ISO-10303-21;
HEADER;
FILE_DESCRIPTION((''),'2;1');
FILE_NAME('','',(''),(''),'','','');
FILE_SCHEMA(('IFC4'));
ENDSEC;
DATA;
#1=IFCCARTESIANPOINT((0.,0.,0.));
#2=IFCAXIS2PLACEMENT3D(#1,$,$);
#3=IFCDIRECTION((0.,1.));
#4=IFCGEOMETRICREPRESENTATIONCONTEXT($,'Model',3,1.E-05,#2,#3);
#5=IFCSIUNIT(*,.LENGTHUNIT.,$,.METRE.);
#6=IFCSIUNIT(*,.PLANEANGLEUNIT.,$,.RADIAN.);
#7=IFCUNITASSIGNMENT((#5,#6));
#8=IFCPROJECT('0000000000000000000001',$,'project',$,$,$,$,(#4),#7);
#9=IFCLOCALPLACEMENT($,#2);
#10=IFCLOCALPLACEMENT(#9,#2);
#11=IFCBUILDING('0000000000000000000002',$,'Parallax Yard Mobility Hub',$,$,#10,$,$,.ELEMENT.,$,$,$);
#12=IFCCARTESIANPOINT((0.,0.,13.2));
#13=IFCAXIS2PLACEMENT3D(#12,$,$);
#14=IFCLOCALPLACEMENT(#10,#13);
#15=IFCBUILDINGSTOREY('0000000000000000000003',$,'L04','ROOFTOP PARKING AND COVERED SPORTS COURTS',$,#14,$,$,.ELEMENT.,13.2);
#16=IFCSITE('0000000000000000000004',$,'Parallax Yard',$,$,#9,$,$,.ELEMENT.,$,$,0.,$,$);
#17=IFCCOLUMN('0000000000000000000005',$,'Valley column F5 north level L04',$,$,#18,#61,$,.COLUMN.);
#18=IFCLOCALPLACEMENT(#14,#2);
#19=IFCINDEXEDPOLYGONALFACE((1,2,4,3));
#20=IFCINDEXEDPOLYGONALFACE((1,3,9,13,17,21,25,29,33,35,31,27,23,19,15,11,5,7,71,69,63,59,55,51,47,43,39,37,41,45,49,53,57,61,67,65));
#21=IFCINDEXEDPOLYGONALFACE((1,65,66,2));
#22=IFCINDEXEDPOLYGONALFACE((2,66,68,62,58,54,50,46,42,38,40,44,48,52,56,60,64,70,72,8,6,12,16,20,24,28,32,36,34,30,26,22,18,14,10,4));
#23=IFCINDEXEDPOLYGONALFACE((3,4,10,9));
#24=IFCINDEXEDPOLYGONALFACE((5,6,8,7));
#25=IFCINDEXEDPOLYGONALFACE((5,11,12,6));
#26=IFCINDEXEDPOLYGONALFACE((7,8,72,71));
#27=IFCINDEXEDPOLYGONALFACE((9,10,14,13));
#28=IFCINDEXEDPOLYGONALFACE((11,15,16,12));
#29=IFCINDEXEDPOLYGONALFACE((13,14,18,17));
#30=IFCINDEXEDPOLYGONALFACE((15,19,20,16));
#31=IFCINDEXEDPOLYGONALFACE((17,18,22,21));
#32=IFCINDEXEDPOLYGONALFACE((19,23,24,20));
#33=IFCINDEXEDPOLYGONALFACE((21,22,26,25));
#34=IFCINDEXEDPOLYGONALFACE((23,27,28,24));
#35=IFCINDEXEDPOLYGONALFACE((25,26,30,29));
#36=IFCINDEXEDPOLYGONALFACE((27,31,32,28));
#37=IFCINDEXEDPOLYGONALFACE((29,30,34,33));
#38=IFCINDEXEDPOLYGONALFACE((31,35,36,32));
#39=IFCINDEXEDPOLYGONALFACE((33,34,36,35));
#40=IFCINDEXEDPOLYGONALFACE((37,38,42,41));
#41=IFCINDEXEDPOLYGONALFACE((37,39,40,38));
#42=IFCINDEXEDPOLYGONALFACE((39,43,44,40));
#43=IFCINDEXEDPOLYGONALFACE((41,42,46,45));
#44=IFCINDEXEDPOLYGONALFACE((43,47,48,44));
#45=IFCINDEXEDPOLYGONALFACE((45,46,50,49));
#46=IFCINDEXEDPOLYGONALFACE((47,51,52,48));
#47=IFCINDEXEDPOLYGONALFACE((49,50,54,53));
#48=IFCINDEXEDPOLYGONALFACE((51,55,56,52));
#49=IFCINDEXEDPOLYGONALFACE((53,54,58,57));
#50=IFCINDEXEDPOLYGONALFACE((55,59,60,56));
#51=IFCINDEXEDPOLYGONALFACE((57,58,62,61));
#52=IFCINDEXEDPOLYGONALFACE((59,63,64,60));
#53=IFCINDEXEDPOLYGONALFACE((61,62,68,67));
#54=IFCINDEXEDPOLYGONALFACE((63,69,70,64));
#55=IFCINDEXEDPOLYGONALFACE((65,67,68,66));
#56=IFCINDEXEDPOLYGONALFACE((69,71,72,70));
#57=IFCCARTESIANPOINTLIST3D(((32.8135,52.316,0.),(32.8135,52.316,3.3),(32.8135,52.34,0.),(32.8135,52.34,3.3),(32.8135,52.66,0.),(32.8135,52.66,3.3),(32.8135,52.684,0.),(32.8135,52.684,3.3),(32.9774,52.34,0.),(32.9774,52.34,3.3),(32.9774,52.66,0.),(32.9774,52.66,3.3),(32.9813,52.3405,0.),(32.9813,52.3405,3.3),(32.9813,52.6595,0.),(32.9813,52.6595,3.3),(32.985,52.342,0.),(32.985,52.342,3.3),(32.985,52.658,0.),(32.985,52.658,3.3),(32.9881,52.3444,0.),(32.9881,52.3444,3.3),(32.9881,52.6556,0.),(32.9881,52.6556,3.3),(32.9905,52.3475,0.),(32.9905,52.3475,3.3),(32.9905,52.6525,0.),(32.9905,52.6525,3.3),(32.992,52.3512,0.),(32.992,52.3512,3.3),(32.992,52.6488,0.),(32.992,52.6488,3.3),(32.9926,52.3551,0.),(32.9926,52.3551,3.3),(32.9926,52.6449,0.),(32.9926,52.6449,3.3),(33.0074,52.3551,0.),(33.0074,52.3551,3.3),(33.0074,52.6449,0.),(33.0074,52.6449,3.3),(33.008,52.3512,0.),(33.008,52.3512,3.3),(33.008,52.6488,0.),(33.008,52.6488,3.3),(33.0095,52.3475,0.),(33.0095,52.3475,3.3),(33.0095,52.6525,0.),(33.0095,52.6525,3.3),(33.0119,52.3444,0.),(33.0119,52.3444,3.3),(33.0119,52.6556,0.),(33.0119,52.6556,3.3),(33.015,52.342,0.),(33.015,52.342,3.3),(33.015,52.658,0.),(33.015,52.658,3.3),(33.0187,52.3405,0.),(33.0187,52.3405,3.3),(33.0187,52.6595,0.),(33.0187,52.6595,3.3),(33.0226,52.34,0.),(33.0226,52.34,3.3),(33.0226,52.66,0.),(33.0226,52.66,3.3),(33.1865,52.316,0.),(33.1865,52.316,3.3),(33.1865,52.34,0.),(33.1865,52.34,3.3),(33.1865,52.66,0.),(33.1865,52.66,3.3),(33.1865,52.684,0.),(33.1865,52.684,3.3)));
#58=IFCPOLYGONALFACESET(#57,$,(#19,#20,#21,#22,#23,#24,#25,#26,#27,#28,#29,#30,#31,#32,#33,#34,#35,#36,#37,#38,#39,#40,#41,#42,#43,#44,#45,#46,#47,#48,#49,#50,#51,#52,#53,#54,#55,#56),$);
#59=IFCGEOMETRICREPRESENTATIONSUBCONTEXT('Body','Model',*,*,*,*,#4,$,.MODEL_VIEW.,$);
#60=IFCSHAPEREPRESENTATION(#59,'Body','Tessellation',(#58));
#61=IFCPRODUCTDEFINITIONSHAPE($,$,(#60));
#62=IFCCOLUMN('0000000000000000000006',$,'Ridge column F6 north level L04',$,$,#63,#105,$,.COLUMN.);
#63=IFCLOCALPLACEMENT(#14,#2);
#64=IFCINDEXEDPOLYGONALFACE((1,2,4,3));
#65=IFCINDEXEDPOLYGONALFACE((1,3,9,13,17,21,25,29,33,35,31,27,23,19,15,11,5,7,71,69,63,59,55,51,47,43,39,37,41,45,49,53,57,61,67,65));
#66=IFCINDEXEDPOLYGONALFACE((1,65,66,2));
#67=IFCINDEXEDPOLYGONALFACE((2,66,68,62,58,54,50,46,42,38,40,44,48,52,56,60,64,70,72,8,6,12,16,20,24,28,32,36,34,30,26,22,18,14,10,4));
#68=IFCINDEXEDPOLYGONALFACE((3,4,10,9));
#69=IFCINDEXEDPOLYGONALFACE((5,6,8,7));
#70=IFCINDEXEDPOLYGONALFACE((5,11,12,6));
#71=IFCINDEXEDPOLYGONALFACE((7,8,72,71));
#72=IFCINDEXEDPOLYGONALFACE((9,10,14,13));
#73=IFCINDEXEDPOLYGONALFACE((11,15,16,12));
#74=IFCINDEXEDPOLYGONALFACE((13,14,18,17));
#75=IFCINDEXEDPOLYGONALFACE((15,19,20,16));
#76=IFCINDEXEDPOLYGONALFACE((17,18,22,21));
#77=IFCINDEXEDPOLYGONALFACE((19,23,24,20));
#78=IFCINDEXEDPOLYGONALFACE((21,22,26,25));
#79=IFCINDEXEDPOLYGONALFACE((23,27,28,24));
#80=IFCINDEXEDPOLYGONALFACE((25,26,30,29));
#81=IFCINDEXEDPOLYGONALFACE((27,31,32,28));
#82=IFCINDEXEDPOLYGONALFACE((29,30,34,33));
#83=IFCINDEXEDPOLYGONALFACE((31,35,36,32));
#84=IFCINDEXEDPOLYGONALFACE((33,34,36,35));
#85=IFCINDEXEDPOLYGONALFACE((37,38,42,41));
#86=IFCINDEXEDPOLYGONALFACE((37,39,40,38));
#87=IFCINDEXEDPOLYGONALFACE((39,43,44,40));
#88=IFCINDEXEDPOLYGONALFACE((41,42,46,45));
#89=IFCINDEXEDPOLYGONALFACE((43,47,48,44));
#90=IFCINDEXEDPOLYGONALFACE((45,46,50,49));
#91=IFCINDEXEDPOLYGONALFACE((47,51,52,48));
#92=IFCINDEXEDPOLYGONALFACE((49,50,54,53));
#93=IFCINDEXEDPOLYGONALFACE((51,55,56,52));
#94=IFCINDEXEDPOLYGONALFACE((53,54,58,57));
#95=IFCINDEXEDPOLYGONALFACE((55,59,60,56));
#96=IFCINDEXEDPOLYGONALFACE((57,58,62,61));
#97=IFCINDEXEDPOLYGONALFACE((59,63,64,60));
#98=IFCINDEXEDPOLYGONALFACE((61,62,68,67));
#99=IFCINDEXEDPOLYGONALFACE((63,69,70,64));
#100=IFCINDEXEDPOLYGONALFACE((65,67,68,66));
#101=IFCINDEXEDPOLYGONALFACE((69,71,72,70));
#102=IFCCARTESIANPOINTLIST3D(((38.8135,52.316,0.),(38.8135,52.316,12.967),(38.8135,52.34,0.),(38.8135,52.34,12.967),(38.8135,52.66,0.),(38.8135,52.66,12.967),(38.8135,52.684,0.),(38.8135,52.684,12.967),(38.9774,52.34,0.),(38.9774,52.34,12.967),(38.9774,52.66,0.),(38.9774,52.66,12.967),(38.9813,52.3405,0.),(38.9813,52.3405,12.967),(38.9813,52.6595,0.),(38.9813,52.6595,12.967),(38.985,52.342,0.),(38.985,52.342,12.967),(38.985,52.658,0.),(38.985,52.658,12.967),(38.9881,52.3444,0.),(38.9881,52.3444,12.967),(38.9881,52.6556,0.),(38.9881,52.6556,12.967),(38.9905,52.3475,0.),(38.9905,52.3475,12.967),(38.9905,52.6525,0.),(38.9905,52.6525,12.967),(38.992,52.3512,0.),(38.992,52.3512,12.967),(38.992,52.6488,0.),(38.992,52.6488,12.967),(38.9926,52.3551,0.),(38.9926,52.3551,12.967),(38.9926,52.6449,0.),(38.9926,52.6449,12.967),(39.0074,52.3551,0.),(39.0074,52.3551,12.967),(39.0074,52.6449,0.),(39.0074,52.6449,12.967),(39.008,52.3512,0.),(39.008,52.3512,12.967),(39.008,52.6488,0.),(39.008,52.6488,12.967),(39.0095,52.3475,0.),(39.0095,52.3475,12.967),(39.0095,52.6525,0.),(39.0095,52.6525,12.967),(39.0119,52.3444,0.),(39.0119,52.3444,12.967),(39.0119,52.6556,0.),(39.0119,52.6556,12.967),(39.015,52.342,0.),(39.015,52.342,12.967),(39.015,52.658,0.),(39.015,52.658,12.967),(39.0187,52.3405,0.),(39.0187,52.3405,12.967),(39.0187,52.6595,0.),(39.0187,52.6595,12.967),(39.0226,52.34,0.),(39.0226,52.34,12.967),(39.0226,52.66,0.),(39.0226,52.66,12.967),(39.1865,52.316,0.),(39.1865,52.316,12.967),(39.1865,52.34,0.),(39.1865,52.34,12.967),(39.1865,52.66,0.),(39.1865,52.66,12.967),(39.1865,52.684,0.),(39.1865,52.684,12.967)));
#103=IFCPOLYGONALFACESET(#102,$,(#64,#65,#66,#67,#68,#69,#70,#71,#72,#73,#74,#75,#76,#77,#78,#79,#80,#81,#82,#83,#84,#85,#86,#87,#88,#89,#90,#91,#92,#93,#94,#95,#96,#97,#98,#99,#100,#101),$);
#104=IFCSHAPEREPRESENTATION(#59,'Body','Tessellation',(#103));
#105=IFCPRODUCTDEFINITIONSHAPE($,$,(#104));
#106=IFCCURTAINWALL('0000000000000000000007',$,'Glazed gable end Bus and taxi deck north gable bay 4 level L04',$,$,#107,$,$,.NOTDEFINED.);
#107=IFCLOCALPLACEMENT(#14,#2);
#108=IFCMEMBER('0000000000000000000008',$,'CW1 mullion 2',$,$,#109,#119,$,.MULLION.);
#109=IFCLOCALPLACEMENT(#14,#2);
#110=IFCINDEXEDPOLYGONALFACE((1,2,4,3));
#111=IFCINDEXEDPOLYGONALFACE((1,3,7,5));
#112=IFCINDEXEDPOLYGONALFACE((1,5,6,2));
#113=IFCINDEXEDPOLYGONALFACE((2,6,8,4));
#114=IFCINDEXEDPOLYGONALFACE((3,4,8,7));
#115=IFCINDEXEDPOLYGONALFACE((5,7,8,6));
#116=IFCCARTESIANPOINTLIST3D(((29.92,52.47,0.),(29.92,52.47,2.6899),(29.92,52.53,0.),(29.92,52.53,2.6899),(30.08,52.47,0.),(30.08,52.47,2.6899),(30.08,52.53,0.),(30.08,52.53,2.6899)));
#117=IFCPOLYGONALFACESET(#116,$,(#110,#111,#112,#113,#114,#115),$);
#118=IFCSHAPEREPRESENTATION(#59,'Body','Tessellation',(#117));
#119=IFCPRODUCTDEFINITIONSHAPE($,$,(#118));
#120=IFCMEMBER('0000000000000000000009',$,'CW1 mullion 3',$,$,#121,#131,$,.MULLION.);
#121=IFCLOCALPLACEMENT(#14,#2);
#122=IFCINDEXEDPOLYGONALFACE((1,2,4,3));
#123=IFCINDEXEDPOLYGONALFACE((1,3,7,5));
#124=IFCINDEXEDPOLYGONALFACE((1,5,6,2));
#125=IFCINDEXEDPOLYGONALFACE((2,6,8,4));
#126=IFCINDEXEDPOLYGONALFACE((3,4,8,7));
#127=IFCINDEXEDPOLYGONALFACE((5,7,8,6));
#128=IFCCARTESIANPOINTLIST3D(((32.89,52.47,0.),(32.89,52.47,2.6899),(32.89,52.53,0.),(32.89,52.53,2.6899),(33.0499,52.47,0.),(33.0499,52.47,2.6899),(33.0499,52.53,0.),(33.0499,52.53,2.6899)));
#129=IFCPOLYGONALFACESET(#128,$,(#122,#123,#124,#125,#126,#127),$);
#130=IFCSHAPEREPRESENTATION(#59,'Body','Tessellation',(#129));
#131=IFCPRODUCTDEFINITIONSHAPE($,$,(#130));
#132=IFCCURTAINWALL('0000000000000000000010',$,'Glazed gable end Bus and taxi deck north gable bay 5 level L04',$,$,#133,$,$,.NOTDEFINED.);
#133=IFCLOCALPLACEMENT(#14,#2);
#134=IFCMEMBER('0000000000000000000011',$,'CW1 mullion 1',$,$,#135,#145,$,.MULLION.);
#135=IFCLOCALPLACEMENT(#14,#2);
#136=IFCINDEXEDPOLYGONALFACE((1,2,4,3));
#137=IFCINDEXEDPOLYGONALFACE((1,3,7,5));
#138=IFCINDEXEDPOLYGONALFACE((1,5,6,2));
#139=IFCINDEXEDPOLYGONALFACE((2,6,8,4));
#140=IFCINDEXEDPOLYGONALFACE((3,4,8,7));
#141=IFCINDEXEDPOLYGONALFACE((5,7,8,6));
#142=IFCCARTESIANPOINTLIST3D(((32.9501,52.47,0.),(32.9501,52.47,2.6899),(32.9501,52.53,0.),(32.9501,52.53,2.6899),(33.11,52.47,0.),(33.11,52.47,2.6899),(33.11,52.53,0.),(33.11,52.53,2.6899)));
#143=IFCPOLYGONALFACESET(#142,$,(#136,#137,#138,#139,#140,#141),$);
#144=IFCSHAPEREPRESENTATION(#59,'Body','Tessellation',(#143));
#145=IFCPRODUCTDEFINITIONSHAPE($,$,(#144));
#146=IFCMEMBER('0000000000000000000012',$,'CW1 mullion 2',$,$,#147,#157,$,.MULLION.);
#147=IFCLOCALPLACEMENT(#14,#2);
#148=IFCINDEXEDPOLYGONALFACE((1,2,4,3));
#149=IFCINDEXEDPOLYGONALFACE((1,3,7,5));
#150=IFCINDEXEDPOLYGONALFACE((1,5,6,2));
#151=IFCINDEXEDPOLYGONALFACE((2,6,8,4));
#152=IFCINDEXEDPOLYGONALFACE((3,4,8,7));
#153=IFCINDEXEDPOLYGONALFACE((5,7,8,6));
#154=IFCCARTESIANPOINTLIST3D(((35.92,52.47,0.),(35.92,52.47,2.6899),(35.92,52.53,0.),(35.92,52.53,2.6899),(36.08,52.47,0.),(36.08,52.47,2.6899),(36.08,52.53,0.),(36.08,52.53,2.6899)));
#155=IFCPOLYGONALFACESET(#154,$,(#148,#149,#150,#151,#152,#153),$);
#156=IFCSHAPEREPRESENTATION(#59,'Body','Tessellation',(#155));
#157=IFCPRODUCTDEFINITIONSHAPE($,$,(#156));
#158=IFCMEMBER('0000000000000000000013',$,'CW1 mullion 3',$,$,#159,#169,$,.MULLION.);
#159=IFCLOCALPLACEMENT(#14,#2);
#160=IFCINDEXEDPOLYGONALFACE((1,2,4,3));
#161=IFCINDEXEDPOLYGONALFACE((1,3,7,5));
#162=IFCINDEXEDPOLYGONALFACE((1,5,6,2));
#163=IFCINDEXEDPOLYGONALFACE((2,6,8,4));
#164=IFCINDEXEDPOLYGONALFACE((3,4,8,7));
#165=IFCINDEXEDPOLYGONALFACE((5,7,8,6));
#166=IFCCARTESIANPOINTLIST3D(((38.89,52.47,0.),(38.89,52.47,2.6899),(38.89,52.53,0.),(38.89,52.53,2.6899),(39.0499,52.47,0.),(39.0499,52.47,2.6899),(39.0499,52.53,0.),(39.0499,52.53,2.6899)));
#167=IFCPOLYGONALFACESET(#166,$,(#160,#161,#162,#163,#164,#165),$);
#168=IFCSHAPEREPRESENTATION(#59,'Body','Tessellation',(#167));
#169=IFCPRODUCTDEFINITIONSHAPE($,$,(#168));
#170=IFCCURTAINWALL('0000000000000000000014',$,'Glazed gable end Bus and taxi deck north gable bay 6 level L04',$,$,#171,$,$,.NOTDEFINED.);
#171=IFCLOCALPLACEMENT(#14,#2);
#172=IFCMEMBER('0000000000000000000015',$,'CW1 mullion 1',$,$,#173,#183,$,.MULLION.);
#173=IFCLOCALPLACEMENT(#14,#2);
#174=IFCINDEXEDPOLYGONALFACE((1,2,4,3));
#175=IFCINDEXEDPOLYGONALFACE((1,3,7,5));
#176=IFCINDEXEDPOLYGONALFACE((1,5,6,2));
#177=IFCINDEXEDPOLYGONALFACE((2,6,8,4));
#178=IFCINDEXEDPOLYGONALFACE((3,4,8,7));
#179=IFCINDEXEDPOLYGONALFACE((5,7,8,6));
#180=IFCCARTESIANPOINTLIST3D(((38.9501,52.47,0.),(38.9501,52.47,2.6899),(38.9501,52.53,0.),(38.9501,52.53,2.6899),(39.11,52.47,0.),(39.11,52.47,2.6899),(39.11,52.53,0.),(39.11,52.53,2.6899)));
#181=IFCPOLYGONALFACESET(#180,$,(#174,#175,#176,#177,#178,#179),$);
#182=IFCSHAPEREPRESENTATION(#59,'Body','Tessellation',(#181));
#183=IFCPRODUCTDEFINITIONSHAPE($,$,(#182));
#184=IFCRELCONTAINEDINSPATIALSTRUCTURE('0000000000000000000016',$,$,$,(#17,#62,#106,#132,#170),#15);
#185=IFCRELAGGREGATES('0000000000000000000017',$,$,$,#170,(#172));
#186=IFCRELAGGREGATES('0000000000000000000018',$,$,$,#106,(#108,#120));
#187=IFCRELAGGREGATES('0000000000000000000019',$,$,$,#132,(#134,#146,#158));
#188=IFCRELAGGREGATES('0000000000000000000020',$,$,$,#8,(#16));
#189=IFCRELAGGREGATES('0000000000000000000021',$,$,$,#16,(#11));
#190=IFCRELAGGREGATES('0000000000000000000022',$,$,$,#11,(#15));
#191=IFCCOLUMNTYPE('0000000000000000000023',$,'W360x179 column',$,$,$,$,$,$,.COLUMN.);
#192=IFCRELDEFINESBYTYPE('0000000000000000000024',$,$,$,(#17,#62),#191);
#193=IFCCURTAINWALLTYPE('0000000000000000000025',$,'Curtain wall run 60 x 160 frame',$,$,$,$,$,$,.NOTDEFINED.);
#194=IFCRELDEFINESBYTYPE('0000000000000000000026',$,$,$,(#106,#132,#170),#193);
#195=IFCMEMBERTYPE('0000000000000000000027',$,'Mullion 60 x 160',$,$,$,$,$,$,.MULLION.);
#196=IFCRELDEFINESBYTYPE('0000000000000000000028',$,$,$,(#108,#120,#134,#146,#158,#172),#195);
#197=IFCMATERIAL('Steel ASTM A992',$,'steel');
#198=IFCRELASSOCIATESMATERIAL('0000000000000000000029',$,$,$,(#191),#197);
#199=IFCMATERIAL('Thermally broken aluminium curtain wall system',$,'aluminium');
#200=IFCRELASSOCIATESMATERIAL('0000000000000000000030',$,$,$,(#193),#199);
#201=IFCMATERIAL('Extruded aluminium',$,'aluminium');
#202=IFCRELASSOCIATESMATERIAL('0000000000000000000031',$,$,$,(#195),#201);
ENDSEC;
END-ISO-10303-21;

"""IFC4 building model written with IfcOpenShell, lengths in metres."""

from ifc_helpers import new_model, si_unit, direction, frame, origin, origin_2d, place, context, subcontext, project, spatial, rectangle, i_section, extrude, material, material_profile, profile_set, type_object, element, aggregate, save


model = new_model("IFC4")

# Units and contexts
model_context = context("Model", 3, precision=1e-05, world=origin(), true_north=direction((0.0, 1.0)))
body_context = subcontext(model_context, "Body", "Model", "MODEL_VIEW")
ifc_project = project(units=[si_unit("LENGTHUNIT", "METRE"), si_unit("PLANEANGLEUNIT", "RADIAN")], contexts=[model_context])

# Site, building, storey
site_placement = place(None, origin())
site = spatial("IfcSite", under=ifc_project, at=site_placement, Name="Parallax Yard", CompositionType="ELEMENT", RefElevation=0.0)
building_placement = place(site_placement, origin())
building = spatial("IfcBuilding", under=site, at=building_placement, Name="Parallax Yard Mobility Hub", CompositionType="ELEMENT")
storey_placement = place(building_placement, frame((0.0, 0.0, 13.2)))
storey = spatial("IfcBuildingStorey", under=building, at=storey_placement, Name="L04", Description="ROOFTOP PARKING AND COVERED SPORTS COURTS", CompositionType="ELEMENT", Elevation=13.2)

# Columns
ifc_material_1 = material(Name="Steel ASTM A992", Category="steel")
ifc_material_profile_1 = material_profile(ifc_material_1, i_section(OverallWidth=0.373, OverallDepth=0.3679, WebThickness=0.0149, FlangeThickness=0.0239, FilletRadius=0.0151, at=origin_2d()), Name="W360x179")
ifc_profile_set_1 = profile_set([ifc_material_profile_1], Name="Steel ASTM A992")
column_type = type_object("IfcColumnType", Name="W360x179 column", PredefinedType="COLUMN", material=ifc_profile_set_1)
column_1_placement = place(storey_placement, frame((33.0, 52.5, 0.0), z_axis=(0.0, 0.0, 1.0), x_axis=(1.0, 0.0, 0.0)))
element("IfcColumn", 1, at=column_1_placement, inside=storey, type_object=column_type, Name="Valley column F5 north level L04", PredefinedType="COLUMN", context=body_context, shape_type="SweptSolid", body=[
    extrude(i_section(OverallWidth=0.373, OverallDepth=0.3679, WebThickness=0.0149, FlangeThickness=0.0239, FilletRadius=0.0151, at=origin_2d()), origin(), (0.0, 0.0, 1.0), 3.3),
])
column_2_placement = place(storey_placement, frame((39.0, 52.5, 0.0), z_axis=(0.0, 0.0, 1.0), x_axis=(1.0, 0.0, 0.0)))
element("IfcColumn", 2, at=column_2_placement, inside=storey, type_object=column_type, Name="Ridge column F6 north level L04", PredefinedType="COLUMN", context=body_context, shape_type="SweptSolid", body=[
    extrude(i_section(OverallWidth=0.373, OverallDepth=0.3679, WebThickness=0.0149, FlangeThickness=0.0239, FilletRadius=0.0151, at=origin_2d()), origin(), (0.0, 0.0, 1.0), 12.967),
])

# Curtain walls, members
ifc_material_2 = material(Name="Thermally broken aluminium curtain wall system", Category="aluminium")
curtain_wall_type = type_object("IfcCurtainWallType", Name="Curtain wall run 60 x 160 frame", PredefinedType="NOTDEFINED", material=ifc_material_2)
curtain_wall_1_placement = place(storey_placement, origin())
curtain_wall_1 = element("IfcCurtainWall", 3, at=curtain_wall_1_placement, inside=storey, type_object=curtain_wall_type, Name="Glazed gable end Bus and taxi deck north gable bay 4 level L04", PredefinedType="NOTDEFINED")
ifc_material_3 = material(Name="Extruded aluminium", Category="aluminium")
ifc_material_profile_2 = material_profile(ifc_material_3, rectangle(XDim=0.0601, YDim=0.1599, at=origin_2d()), Name="Mullion 60 x 160")
ifc_profile_set_2 = profile_set([ifc_material_profile_2], Name="Extruded aluminium")
member_type_1 = type_object("IfcMemberType", Name="Mullion 60 x 160", PredefinedType="MULLION", material=ifc_profile_set_2)
member_1_placement = place(storey_placement, frame((30.0, 52.5, 0.0), z_axis=(0.0, 0.0, 1.0), x_axis=(0.0, 1.0, 0.0)))
member_1 = element("IfcMember", 4, at=member_1_placement, type_object=member_type_1, Name="CW1 mullion 2", PredefinedType="MULLION", context=body_context, shape_type="SweptSolid", body=[
    extrude(rectangle(XDim=0.0601, YDim=0.1599, at=origin_2d()), origin(), (0.0, 0.0, 1.0), 2.6899),
])
member_2_placement = place(storey_placement, frame((32.97, 52.5, 0.0), z_axis=(0.0, 0.0, 1.0), x_axis=(0.0, 1.0, 0.0)))
member_2 = element("IfcMember", 5, at=member_2_placement, type_object=member_type_1, Name="CW1 mullion 3", PredefinedType="MULLION", context=body_context, shape_type="SweptSolid", body=[
    extrude(rectangle(XDim=0.0601, YDim=0.1599, at=origin_2d()), origin(), (0.0, 0.0, 1.0), 2.6899),
])
curtain_wall_2_placement = place(storey_placement, origin())
curtain_wall_2 = element("IfcCurtainWall", 6, at=curtain_wall_2_placement, inside=storey, type_object=curtain_wall_type, Name="Glazed gable end Bus and taxi deck north gable bay 5 level L04", PredefinedType="NOTDEFINED")
member_3_placement = place(storey_placement, frame((33.03, 52.5, 0.0), z_axis=(0.0, 0.0, 1.0), x_axis=(0.0, 1.0, 0.0)))
member_3 = element("IfcMember", 7, at=member_3_placement, type_object=member_type_1, Name="CW1 mullion 1", PredefinedType="MULLION", context=body_context, shape_type="SweptSolid", body=[
    extrude(rectangle(XDim=0.0601, YDim=0.1599, at=origin_2d()), origin(), (0.0, 0.0, 1.0), 2.6899),
])
member_4_placement = place(storey_placement, frame((36.0, 52.5, 0.0), z_axis=(0.0, 0.0, 1.0), x_axis=(0.0, 1.0, 0.0)))
member_4 = element("IfcMember", 8, at=member_4_placement, type_object=member_type_1, Name="CW1 mullion 2", PredefinedType="MULLION", context=body_context, shape_type="SweptSolid", body=[
    extrude(rectangle(XDim=0.0601, YDim=0.1599, at=origin_2d()), origin(), (0.0, 0.0, 1.0), 2.6899),
])
member_5_placement = place(storey_placement, frame((38.97, 52.5, 0.0), z_axis=(0.0, 0.0, 1.0), x_axis=(0.0, 1.0, 0.0)))
member_5 = element("IfcMember", 9, at=member_5_placement, type_object=member_type_1, Name="CW1 mullion 3", PredefinedType="MULLION", context=body_context, shape_type="SweptSolid", body=[
    extrude(rectangle(XDim=0.0601, YDim=0.1599, at=origin_2d()), origin(), (0.0, 0.0, 1.0), 2.6899),
])

# Curtain wall, member
curtain_wall_3_placement = place(storey_placement, origin())
curtain_wall_3 = element("IfcCurtainWall", 10, at=curtain_wall_3_placement, inside=storey, type_object=curtain_wall_type, Name="Glazed gable end Bus and taxi deck north gable bay 6 level L04", PredefinedType="NOTDEFINED")
member_6_placement = place(storey_placement, frame((39.03, 52.5, 0.0), z_axis=(0.0, 0.0, 1.0), x_axis=(0.0, 1.0, 0.0)))
member_6 = element("IfcMember", 11, at=member_6_placement, type_object=member_type_1, Name="CW1 mullion 1", PredefinedType="MULLION", context=body_context, shape_type="SweptSolid", body=[
    extrude(rectangle(XDim=0.0601, YDim=0.1599, at=origin_2d()), origin(), (0.0, 0.0, 1.0), 2.6899),
])
aggregate(curtain_wall_3, [member_6])

aggregate(curtain_wall_1, [member_1, member_2])
aggregate(curtain_wall_2, [member_3, member_4, member_5])

save(model, "model.ifc")
